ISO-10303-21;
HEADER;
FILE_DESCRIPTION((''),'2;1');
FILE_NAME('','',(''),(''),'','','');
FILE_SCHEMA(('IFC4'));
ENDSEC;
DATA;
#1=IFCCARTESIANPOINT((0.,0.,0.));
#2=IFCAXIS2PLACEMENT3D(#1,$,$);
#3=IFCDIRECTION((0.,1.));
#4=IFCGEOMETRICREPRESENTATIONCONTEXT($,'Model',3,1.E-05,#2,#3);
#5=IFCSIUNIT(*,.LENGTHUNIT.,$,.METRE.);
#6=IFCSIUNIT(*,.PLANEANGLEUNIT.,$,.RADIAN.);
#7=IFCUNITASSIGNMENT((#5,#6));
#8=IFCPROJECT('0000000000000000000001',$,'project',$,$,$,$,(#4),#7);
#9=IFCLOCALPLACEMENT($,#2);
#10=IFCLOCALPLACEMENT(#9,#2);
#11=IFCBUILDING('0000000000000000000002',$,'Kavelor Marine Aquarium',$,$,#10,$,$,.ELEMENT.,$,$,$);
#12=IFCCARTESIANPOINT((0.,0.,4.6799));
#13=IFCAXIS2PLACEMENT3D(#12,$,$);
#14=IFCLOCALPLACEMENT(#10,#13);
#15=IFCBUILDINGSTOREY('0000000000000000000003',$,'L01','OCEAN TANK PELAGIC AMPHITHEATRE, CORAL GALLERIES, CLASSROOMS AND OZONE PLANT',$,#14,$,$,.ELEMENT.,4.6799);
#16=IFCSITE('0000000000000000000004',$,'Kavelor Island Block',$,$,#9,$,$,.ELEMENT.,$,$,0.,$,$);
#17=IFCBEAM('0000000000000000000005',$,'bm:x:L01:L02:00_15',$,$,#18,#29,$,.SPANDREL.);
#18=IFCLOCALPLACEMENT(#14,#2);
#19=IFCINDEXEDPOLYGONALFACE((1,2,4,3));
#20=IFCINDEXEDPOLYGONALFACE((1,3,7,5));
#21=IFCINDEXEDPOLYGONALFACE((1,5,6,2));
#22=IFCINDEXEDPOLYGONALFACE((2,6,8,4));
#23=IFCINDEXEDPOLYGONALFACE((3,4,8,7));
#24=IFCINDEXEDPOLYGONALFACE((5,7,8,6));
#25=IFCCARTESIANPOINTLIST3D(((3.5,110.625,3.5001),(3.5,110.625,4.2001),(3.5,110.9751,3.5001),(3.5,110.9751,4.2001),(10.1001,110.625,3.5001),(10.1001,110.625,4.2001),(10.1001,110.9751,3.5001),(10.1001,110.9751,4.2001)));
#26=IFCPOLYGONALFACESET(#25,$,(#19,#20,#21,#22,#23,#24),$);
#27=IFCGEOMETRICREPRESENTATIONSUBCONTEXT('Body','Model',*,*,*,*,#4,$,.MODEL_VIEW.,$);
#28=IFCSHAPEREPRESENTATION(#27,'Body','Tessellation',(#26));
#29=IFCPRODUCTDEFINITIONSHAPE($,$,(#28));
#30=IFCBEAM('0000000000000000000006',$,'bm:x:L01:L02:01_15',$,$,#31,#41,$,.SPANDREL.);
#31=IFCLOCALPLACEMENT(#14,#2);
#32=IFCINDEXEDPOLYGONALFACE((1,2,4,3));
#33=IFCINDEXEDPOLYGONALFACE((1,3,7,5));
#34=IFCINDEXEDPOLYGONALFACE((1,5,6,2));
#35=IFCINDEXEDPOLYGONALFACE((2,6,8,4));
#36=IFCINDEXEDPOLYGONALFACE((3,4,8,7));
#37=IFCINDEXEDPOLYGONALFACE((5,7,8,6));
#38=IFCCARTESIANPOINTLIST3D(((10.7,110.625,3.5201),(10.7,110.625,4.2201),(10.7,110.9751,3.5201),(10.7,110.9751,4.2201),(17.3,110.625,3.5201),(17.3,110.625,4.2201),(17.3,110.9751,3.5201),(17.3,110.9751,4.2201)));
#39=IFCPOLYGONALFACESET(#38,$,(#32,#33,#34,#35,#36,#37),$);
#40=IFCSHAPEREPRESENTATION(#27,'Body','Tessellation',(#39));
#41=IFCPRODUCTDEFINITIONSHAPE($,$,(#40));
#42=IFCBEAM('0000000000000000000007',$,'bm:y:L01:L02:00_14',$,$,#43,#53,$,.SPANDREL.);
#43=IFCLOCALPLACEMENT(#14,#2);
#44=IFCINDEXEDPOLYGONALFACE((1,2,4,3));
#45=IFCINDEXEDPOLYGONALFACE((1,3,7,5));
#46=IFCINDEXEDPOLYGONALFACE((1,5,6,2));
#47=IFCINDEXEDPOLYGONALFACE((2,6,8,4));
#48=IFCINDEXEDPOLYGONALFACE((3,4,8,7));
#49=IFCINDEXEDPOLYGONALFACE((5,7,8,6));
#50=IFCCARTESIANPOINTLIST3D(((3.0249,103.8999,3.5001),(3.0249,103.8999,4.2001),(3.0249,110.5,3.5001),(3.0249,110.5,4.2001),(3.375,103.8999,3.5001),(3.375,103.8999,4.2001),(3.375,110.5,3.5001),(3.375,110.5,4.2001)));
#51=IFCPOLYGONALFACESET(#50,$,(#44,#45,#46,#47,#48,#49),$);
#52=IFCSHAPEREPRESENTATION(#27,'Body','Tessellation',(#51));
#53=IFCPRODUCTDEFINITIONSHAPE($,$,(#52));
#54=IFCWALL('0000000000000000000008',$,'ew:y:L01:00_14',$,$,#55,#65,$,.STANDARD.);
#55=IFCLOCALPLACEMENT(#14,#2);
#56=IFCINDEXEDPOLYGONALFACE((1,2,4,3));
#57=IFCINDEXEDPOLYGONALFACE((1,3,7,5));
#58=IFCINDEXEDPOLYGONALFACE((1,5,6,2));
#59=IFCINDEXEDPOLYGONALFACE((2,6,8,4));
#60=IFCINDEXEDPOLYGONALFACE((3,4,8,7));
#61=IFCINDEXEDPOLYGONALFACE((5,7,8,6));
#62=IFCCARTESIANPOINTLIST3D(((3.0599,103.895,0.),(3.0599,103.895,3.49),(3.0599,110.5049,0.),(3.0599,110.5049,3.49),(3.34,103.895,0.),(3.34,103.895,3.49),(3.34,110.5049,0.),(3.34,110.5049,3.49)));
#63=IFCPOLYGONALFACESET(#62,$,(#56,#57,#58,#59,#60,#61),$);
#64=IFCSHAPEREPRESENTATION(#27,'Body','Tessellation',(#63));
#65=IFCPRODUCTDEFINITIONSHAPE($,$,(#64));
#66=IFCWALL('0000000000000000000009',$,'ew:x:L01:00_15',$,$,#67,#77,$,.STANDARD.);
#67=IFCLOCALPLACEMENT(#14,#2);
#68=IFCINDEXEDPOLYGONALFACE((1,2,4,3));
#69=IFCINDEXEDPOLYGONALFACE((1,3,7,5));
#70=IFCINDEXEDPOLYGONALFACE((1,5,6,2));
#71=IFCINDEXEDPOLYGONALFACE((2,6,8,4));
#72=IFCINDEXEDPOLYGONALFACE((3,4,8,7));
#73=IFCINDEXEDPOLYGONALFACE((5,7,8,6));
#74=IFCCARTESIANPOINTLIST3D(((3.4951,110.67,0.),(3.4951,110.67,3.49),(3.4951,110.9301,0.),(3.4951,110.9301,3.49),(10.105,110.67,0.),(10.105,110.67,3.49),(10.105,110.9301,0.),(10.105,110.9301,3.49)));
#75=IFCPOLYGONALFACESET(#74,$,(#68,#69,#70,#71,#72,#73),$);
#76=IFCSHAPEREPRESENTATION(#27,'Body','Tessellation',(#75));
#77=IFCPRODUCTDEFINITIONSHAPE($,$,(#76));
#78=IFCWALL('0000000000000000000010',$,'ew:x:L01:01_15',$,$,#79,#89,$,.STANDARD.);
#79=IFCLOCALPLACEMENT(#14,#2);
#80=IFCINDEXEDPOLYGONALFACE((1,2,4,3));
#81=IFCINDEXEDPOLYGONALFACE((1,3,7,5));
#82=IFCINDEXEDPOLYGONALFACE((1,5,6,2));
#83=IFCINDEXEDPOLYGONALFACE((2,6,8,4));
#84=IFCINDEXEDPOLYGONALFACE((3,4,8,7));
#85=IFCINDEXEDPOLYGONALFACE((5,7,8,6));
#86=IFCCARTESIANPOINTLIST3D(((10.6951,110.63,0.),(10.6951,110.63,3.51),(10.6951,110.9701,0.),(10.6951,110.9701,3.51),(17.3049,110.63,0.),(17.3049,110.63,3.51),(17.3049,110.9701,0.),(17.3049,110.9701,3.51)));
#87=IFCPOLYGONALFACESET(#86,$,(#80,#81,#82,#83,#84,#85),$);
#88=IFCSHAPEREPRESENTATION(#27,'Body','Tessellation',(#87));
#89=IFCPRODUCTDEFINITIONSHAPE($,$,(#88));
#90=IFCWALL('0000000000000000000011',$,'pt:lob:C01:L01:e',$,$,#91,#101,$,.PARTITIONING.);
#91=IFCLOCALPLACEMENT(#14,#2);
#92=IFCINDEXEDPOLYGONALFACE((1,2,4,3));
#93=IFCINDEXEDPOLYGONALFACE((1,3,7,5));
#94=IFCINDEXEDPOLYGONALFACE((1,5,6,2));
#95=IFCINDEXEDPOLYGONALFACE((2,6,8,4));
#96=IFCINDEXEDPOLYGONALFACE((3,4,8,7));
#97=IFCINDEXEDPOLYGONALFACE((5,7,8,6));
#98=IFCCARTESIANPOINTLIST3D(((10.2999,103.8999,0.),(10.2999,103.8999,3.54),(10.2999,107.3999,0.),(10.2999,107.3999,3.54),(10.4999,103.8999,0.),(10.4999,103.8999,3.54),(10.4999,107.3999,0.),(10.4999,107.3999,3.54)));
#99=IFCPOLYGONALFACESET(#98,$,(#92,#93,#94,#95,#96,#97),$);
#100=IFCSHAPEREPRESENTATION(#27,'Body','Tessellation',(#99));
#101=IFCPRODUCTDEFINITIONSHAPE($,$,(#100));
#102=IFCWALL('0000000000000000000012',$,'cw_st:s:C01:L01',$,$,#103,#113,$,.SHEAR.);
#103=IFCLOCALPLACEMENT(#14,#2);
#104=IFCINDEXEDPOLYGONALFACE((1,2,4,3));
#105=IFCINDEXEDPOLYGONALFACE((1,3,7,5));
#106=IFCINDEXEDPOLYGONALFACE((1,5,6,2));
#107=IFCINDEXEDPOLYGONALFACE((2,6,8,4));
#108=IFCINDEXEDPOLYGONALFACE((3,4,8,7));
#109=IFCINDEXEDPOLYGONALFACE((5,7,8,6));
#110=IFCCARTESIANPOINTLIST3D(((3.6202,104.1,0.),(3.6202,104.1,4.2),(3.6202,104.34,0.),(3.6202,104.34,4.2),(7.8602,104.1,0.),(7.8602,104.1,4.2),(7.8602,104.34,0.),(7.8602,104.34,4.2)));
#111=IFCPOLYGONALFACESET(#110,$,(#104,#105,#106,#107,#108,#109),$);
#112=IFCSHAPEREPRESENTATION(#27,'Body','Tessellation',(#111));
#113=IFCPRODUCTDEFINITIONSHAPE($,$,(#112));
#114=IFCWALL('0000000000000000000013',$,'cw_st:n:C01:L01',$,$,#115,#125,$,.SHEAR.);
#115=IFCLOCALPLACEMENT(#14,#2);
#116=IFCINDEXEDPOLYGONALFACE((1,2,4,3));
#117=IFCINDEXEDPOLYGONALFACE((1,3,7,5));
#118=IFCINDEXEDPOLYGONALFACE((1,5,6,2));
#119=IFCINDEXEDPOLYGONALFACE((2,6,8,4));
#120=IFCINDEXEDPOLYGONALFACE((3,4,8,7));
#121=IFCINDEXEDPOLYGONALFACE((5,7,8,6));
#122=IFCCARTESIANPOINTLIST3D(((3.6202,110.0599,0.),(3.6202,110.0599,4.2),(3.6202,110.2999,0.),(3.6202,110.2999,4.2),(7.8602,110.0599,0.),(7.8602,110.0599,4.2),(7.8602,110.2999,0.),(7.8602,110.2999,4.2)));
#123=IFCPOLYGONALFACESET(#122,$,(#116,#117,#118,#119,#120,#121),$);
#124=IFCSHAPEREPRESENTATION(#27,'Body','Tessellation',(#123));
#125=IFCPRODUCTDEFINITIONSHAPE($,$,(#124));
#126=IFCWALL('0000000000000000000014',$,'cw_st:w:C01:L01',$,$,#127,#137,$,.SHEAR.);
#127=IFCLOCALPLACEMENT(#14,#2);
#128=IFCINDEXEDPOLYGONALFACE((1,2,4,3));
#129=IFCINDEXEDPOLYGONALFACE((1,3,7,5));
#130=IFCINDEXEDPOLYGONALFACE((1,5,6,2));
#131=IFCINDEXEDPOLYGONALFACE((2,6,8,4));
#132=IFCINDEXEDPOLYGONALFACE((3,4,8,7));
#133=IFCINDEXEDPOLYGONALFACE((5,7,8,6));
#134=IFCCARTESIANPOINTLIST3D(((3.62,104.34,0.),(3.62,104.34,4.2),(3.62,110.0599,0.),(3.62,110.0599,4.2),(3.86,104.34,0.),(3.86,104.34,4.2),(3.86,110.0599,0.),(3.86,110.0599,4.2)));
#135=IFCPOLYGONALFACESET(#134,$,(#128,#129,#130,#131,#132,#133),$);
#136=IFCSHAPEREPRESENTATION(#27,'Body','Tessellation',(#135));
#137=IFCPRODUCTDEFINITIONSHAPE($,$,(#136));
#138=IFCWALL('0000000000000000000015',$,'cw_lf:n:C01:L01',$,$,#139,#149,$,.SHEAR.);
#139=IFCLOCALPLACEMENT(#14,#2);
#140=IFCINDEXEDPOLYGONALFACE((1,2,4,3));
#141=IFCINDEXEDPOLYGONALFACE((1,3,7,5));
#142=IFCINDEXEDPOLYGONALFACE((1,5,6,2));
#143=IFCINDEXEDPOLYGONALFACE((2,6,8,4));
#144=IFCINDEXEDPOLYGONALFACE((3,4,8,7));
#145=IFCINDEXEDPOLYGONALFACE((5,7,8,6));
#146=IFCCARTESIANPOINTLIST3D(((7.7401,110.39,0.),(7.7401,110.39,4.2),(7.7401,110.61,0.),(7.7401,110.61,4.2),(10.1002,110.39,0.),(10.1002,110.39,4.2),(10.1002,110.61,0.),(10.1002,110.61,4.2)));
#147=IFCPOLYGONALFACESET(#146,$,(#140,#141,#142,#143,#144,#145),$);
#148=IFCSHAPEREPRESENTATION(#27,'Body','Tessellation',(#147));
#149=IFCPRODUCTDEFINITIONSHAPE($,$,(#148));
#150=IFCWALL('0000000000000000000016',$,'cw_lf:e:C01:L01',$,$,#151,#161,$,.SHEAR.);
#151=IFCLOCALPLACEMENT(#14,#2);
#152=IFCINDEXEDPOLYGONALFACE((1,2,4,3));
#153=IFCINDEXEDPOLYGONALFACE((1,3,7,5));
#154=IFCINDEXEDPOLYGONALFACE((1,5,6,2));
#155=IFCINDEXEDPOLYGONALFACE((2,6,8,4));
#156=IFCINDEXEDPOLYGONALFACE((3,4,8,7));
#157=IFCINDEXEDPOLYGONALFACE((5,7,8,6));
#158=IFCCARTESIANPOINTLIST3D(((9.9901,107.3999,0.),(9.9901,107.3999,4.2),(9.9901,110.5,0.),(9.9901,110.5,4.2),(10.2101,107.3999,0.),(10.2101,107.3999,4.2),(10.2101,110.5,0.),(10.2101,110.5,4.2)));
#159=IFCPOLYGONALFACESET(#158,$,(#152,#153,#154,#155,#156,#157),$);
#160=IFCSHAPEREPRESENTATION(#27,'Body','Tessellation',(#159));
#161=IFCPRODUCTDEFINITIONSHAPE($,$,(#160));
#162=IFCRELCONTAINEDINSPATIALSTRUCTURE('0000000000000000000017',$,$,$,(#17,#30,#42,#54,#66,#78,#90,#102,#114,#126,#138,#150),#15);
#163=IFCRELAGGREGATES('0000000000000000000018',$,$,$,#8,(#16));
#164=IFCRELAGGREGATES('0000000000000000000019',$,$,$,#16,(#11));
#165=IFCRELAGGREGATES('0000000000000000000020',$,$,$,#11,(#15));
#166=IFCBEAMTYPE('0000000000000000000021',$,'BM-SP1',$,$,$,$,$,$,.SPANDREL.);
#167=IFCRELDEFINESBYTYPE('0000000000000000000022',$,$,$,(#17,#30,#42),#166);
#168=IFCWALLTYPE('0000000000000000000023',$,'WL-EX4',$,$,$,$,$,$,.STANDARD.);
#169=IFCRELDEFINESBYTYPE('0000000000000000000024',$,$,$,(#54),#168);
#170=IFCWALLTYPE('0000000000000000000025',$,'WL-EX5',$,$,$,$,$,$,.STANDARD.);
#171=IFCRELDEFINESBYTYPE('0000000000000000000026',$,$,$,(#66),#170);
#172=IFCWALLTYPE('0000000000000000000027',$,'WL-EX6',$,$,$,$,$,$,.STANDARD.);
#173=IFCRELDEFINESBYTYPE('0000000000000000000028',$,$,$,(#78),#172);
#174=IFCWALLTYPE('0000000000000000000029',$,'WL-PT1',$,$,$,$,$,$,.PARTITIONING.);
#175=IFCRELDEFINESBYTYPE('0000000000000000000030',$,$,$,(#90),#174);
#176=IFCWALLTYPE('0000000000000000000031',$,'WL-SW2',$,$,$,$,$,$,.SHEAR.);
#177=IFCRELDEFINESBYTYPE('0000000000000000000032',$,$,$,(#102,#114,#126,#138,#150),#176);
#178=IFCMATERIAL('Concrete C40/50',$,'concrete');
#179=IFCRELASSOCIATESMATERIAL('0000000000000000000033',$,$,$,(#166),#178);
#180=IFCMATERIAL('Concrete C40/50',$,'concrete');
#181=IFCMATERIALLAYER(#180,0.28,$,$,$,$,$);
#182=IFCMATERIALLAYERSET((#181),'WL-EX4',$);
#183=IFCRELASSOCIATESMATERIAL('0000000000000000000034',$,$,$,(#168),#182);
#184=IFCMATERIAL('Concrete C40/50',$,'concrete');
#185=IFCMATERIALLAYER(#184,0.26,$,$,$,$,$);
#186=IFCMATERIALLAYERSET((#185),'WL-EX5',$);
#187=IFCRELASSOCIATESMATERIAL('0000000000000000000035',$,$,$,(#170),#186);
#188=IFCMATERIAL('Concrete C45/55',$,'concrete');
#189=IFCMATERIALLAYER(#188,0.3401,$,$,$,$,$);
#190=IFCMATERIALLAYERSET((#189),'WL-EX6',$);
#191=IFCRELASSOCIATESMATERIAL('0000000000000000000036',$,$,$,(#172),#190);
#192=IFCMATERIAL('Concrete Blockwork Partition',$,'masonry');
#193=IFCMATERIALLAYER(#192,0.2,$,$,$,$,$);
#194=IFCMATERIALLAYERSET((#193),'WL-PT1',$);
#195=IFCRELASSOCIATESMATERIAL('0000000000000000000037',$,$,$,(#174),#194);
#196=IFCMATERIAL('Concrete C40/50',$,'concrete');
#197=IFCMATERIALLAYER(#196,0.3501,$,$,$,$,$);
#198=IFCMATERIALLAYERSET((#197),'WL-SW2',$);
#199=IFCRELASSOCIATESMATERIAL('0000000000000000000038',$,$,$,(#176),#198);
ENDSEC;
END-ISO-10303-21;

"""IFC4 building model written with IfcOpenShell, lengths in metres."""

from ifc_helpers import new_model, si_unit, direction, frame, frame_2d, origin, origin_2d, place, context, subcontext, project, spatial, rectangle, extrude, material, layer, layer_set, material_profile, profile_set, type_object, element, save


model = new_model("IFC4")

# Units and contexts
model_context = context("Model", 3, precision=1e-05, world=origin(), true_north=direction((0.0, 1.0)))
body_context = subcontext(model_context, "Body", "Model", "MODEL_VIEW")
ifc_project = project(units=[si_unit("LENGTHUNIT", "METRE"), si_unit("PLANEANGLEUNIT", "RADIAN")], contexts=[model_context])

# Site, building, storey
site_placement = place(None, origin())
site = spatial("IfcSite", under=ifc_project, at=site_placement, Name="Kavelor Island Block", CompositionType="ELEMENT", RefElevation=0.0)
building_placement = place(site_placement, origin())
building = spatial("IfcBuilding", under=site, at=building_placement, Name="Kavelor Marine Aquarium", CompositionType="ELEMENT")
storey_placement = place(building_placement, frame((0.0, 0.0, 4.6799)))
storey = spatial("IfcBuildingStorey", under=building, at=storey_placement, Name="L01", Description="OCEAN TANK PELAGIC AMPHITHEATRE, CORAL GALLERIES, CLASSROOMS AND OZONE PLANT", CompositionType="ELEMENT", Elevation=4.6799)

# Beams
ifc_material_1 = material(Name="Concrete C40/50", Category="concrete")
ifc_material_profile_1 = material_profile(ifc_material_1, rectangle(XDim=0.3501, YDim=0.7, at=origin_2d()), Name="RC-SP 350x700")
ifc_profile_set_1 = profile_set([ifc_material_profile_1], Name="Concrete C40/50")
beam_type_1 = type_object("IfcBeamType", Name="BM-SP1", PredefinedType="SPANDREL", material=ifc_profile_set_1)
for number, where, z_axis, x_axis, name in (
    (1, (3.5, 110.8, 3.8501), (1.0, 0.0, 0.0), (0.0, 1.0, 0.0), "bm:x:L01:L02:00_15"),
    (2, (10.7, 110.8, 3.8701), (1.0, 0.0, 0.0), (0.0, 1.0, 0.0), "bm:x:L01:L02:01_15"),
    (3, (3.2, 103.8999, 3.8501), (0.0, 1.0, 0.0), (-1.0, 0.0, 0.0), "bm:y:L01:L02:00_14"),
):
    element("IfcBeam", number, at=place(storey_placement, frame(where, z_axis=z_axis, x_axis=x_axis)), inside=storey, type_object=beam_type_1, Name=name, PredefinedType="SPANDREL", context=body_context, shape_type="SweptSolid", body=[
        extrude(rectangle(XDim=0.3501, YDim=0.7, at=origin_2d()), origin(), (0.0, 0.0, 1.0), 6.6001),
    ])

# Walls
ifc_material_2 = material(Name="Concrete C40/50", Category="concrete")
ifc_layer_1 = layer(ifc_material_2, 0.28)
ifc_layer_set_1 = layer_set([ifc_layer_1], Name="WL-EX4")
wall_type_1 = type_object("IfcWallType", Name="WL-EX4", PredefinedType="STANDARD", material=ifc_layer_set_1)
wall_1_placement = place(storey_placement, frame((3.2, 103.895, 0.0), z_axis=(0.0, 0.0, 1.0), x_axis=(0.0, 1.0, 0.0)))
element("IfcWall", 4, at=wall_1_placement, inside=storey, type_object=wall_type_1, Name="ew:y:L01:00_14", PredefinedType="STANDARD", context=body_context, shape_type="SweptSolid", body=[
    extrude(rectangle(XDim=6.6099, YDim=0.28, at=frame_2d((3.3049, 0.0))), origin(), (0.0, 0.0, 1.0), 3.49),
])
ifc_material_3 = material(Name="Concrete C40/50", Category="concrete")
ifc_layer_2 = layer(ifc_material_3, 0.26)
ifc_layer_set_2 = layer_set([ifc_layer_2], Name="WL-EX5")
wall_type_2 = type_object("IfcWallType", Name="WL-EX5", PredefinedType="STANDARD", material=ifc_layer_set_2)
wall_2_placement = place(storey_placement, frame((3.4951, 110.8, 0.0), z_axis=(0.0, 0.0, 1.0), x_axis=(1.0, 0.0, 0.0)))
element("IfcWall", 5, at=wall_2_placement, inside=storey, type_object=wall_type_2, Name="ew:x:L01:00_15", PredefinedType="STANDARD", context=body_context, shape_type="SweptSolid", body=[
    extrude(rectangle(XDim=6.6099, YDim=0.26, at=frame_2d((3.3049, 0.0))), origin(), (0.0, 0.0, 1.0), 3.49),
])
ifc_material_4 = material(Name="Concrete C45/55", Category="concrete")
ifc_layer_3 = layer(ifc_material_4, 0.3401)
ifc_layer_set_3 = layer_set([ifc_layer_3], Name="WL-EX6")
wall_type_3 = type_object("IfcWallType", Name="WL-EX6", PredefinedType="STANDARD", material=ifc_layer_set_3)
wall_3_placement = place(storey_placement, frame((10.6951, 110.8, 0.0), z_axis=(0.0, 0.0, 1.0), x_axis=(1.0, 0.0, 0.0)))
element("IfcWall", 6, at=wall_3_placement, inside=storey, type_object=wall_type_3, Name="ew:x:L01:01_15", PredefinedType="STANDARD", context=body_context, shape_type="SweptSolid", body=[
    extrude(rectangle(XDim=6.6099, YDim=0.3401, at=frame_2d((3.3049, 0.0))), origin(), (0.0, 0.0, 1.0), 3.51),
])
ifc_material_5 = material(Name="Concrete Blockwork Partition", Category="masonry")
ifc_layer_4 = layer(ifc_material_5, 0.2)
ifc_layer_set_4 = layer_set([ifc_layer_4], Name="WL-PT1")
wall_type_4 = type_object("IfcWallType", Name="WL-PT1", PredefinedType="PARTITIONING", material=ifc_layer_set_4)
wall_4_placement = place(storey_placement, frame((10.3999, 103.8999, 0.0), z_axis=(0.0, 0.0, 1.0), x_axis=(0.0, 1.0, 0.0)))
element("IfcWall", 7, at=wall_4_placement, inside=storey, type_object=wall_type_4, Name="pt:lob:C01:L01:e", PredefinedType="PARTITIONING", context=body_context, shape_type="SweptSolid", body=[
    extrude(rectangle(XDim=3.5, YDim=0.2, at=frame_2d((1.75, 0.0))), origin(), (0.0, 0.0, 1.0), 3.54),
])
ifc_material_6 = material(Name="Concrete C40/50", Category="concrete")
ifc_layer_5 = layer(ifc_material_6, 0.3501)
ifc_layer_set_5 = layer_set([ifc_layer_5], Name="WL-SW2")
wall_type_5 = type_object("IfcWallType", Name="WL-SW2", PredefinedType="SHEAR", material=ifc_layer_set_5)
for number, where, z_axis, x_axis, name in (
    (8, (3.6201, 104.22, 0.0), (0.0, 0.0, 1.0), (1.0, 0.0, 0.0), "cw_st:s:C01:L01"),
    (9, (3.6201, 110.1799, 0.0), (0.0, 0.0, 1.0), (1.0, 0.0, 0.0), "cw_st:n:C01:L01"),
):
    element("IfcWall", number, at=place(storey_placement, frame(where, z_axis=z_axis, x_axis=x_axis)), inside=storey, type_object=wall_type_5, Name=name, PredefinedType="SHEAR", context=body_context, shape_type="SweptSolid", body=[
        extrude(rectangle(XDim=4.24, YDim=0.24, at=frame_2d((2.1201, 0.0))), origin(), (0.0, 0.0, 1.0), 4.2),
    ])
wall_5_placement = place(storey_placement, frame((3.74, 104.3401, 0.0), z_axis=(0.0, 0.0, 1.0), x_axis=(0.0, 1.0, 0.0)))
element("IfcWall", 10, at=wall_5_placement, inside=storey, type_object=wall_type_5, Name="cw_st:w:C01:L01", PredefinedType="SHEAR", context=body_context, shape_type="SweptSolid", body=[
    extrude(rectangle(XDim=5.72, YDim=0.24, at=frame_2d((2.8599, 0.0))), origin(), (0.0, 0.0, 1.0), 4.2),
])

# Walls
wall_6_placement = place(storey_placement, frame((7.74, 110.5, 0.0), z_axis=(0.0, 0.0, 1.0), x_axis=(1.0, 0.0, 0.0)))
element("IfcWall", 11, at=wall_6_placement, inside=storey, type_object=wall_type_5, Name="cw_lf:n:C01:L01", PredefinedType="SHEAR", context=body_context, shape_type="SweptSolid", body=[
    extrude(rectangle(XDim=2.3601, YDim=0.22, at=frame_2d((1.1802, 0.0))), origin(), (0.0, 0.0, 1.0), 4.2),
])
wall_7_placement = place(storey_placement, frame((10.1001, 107.3999, 0.0), z_axis=(0.0, 0.0, 1.0), x_axis=(0.0, 1.0, 0.0)))
element("IfcWall", 12, at=wall_7_placement, inside=storey, type_object=wall_type_5, Name="cw_lf:e:C01:L01", PredefinedType="SHEAR", context=body_context, shape_type="SweptSolid", body=[
    extrude(rectangle(XDim=3.1001, YDim=0.22, at=frame_2d((1.55, 0.0))), origin(), (0.0, 0.0, 1.0), 4.2),
])

save(model, "model.ifc")
